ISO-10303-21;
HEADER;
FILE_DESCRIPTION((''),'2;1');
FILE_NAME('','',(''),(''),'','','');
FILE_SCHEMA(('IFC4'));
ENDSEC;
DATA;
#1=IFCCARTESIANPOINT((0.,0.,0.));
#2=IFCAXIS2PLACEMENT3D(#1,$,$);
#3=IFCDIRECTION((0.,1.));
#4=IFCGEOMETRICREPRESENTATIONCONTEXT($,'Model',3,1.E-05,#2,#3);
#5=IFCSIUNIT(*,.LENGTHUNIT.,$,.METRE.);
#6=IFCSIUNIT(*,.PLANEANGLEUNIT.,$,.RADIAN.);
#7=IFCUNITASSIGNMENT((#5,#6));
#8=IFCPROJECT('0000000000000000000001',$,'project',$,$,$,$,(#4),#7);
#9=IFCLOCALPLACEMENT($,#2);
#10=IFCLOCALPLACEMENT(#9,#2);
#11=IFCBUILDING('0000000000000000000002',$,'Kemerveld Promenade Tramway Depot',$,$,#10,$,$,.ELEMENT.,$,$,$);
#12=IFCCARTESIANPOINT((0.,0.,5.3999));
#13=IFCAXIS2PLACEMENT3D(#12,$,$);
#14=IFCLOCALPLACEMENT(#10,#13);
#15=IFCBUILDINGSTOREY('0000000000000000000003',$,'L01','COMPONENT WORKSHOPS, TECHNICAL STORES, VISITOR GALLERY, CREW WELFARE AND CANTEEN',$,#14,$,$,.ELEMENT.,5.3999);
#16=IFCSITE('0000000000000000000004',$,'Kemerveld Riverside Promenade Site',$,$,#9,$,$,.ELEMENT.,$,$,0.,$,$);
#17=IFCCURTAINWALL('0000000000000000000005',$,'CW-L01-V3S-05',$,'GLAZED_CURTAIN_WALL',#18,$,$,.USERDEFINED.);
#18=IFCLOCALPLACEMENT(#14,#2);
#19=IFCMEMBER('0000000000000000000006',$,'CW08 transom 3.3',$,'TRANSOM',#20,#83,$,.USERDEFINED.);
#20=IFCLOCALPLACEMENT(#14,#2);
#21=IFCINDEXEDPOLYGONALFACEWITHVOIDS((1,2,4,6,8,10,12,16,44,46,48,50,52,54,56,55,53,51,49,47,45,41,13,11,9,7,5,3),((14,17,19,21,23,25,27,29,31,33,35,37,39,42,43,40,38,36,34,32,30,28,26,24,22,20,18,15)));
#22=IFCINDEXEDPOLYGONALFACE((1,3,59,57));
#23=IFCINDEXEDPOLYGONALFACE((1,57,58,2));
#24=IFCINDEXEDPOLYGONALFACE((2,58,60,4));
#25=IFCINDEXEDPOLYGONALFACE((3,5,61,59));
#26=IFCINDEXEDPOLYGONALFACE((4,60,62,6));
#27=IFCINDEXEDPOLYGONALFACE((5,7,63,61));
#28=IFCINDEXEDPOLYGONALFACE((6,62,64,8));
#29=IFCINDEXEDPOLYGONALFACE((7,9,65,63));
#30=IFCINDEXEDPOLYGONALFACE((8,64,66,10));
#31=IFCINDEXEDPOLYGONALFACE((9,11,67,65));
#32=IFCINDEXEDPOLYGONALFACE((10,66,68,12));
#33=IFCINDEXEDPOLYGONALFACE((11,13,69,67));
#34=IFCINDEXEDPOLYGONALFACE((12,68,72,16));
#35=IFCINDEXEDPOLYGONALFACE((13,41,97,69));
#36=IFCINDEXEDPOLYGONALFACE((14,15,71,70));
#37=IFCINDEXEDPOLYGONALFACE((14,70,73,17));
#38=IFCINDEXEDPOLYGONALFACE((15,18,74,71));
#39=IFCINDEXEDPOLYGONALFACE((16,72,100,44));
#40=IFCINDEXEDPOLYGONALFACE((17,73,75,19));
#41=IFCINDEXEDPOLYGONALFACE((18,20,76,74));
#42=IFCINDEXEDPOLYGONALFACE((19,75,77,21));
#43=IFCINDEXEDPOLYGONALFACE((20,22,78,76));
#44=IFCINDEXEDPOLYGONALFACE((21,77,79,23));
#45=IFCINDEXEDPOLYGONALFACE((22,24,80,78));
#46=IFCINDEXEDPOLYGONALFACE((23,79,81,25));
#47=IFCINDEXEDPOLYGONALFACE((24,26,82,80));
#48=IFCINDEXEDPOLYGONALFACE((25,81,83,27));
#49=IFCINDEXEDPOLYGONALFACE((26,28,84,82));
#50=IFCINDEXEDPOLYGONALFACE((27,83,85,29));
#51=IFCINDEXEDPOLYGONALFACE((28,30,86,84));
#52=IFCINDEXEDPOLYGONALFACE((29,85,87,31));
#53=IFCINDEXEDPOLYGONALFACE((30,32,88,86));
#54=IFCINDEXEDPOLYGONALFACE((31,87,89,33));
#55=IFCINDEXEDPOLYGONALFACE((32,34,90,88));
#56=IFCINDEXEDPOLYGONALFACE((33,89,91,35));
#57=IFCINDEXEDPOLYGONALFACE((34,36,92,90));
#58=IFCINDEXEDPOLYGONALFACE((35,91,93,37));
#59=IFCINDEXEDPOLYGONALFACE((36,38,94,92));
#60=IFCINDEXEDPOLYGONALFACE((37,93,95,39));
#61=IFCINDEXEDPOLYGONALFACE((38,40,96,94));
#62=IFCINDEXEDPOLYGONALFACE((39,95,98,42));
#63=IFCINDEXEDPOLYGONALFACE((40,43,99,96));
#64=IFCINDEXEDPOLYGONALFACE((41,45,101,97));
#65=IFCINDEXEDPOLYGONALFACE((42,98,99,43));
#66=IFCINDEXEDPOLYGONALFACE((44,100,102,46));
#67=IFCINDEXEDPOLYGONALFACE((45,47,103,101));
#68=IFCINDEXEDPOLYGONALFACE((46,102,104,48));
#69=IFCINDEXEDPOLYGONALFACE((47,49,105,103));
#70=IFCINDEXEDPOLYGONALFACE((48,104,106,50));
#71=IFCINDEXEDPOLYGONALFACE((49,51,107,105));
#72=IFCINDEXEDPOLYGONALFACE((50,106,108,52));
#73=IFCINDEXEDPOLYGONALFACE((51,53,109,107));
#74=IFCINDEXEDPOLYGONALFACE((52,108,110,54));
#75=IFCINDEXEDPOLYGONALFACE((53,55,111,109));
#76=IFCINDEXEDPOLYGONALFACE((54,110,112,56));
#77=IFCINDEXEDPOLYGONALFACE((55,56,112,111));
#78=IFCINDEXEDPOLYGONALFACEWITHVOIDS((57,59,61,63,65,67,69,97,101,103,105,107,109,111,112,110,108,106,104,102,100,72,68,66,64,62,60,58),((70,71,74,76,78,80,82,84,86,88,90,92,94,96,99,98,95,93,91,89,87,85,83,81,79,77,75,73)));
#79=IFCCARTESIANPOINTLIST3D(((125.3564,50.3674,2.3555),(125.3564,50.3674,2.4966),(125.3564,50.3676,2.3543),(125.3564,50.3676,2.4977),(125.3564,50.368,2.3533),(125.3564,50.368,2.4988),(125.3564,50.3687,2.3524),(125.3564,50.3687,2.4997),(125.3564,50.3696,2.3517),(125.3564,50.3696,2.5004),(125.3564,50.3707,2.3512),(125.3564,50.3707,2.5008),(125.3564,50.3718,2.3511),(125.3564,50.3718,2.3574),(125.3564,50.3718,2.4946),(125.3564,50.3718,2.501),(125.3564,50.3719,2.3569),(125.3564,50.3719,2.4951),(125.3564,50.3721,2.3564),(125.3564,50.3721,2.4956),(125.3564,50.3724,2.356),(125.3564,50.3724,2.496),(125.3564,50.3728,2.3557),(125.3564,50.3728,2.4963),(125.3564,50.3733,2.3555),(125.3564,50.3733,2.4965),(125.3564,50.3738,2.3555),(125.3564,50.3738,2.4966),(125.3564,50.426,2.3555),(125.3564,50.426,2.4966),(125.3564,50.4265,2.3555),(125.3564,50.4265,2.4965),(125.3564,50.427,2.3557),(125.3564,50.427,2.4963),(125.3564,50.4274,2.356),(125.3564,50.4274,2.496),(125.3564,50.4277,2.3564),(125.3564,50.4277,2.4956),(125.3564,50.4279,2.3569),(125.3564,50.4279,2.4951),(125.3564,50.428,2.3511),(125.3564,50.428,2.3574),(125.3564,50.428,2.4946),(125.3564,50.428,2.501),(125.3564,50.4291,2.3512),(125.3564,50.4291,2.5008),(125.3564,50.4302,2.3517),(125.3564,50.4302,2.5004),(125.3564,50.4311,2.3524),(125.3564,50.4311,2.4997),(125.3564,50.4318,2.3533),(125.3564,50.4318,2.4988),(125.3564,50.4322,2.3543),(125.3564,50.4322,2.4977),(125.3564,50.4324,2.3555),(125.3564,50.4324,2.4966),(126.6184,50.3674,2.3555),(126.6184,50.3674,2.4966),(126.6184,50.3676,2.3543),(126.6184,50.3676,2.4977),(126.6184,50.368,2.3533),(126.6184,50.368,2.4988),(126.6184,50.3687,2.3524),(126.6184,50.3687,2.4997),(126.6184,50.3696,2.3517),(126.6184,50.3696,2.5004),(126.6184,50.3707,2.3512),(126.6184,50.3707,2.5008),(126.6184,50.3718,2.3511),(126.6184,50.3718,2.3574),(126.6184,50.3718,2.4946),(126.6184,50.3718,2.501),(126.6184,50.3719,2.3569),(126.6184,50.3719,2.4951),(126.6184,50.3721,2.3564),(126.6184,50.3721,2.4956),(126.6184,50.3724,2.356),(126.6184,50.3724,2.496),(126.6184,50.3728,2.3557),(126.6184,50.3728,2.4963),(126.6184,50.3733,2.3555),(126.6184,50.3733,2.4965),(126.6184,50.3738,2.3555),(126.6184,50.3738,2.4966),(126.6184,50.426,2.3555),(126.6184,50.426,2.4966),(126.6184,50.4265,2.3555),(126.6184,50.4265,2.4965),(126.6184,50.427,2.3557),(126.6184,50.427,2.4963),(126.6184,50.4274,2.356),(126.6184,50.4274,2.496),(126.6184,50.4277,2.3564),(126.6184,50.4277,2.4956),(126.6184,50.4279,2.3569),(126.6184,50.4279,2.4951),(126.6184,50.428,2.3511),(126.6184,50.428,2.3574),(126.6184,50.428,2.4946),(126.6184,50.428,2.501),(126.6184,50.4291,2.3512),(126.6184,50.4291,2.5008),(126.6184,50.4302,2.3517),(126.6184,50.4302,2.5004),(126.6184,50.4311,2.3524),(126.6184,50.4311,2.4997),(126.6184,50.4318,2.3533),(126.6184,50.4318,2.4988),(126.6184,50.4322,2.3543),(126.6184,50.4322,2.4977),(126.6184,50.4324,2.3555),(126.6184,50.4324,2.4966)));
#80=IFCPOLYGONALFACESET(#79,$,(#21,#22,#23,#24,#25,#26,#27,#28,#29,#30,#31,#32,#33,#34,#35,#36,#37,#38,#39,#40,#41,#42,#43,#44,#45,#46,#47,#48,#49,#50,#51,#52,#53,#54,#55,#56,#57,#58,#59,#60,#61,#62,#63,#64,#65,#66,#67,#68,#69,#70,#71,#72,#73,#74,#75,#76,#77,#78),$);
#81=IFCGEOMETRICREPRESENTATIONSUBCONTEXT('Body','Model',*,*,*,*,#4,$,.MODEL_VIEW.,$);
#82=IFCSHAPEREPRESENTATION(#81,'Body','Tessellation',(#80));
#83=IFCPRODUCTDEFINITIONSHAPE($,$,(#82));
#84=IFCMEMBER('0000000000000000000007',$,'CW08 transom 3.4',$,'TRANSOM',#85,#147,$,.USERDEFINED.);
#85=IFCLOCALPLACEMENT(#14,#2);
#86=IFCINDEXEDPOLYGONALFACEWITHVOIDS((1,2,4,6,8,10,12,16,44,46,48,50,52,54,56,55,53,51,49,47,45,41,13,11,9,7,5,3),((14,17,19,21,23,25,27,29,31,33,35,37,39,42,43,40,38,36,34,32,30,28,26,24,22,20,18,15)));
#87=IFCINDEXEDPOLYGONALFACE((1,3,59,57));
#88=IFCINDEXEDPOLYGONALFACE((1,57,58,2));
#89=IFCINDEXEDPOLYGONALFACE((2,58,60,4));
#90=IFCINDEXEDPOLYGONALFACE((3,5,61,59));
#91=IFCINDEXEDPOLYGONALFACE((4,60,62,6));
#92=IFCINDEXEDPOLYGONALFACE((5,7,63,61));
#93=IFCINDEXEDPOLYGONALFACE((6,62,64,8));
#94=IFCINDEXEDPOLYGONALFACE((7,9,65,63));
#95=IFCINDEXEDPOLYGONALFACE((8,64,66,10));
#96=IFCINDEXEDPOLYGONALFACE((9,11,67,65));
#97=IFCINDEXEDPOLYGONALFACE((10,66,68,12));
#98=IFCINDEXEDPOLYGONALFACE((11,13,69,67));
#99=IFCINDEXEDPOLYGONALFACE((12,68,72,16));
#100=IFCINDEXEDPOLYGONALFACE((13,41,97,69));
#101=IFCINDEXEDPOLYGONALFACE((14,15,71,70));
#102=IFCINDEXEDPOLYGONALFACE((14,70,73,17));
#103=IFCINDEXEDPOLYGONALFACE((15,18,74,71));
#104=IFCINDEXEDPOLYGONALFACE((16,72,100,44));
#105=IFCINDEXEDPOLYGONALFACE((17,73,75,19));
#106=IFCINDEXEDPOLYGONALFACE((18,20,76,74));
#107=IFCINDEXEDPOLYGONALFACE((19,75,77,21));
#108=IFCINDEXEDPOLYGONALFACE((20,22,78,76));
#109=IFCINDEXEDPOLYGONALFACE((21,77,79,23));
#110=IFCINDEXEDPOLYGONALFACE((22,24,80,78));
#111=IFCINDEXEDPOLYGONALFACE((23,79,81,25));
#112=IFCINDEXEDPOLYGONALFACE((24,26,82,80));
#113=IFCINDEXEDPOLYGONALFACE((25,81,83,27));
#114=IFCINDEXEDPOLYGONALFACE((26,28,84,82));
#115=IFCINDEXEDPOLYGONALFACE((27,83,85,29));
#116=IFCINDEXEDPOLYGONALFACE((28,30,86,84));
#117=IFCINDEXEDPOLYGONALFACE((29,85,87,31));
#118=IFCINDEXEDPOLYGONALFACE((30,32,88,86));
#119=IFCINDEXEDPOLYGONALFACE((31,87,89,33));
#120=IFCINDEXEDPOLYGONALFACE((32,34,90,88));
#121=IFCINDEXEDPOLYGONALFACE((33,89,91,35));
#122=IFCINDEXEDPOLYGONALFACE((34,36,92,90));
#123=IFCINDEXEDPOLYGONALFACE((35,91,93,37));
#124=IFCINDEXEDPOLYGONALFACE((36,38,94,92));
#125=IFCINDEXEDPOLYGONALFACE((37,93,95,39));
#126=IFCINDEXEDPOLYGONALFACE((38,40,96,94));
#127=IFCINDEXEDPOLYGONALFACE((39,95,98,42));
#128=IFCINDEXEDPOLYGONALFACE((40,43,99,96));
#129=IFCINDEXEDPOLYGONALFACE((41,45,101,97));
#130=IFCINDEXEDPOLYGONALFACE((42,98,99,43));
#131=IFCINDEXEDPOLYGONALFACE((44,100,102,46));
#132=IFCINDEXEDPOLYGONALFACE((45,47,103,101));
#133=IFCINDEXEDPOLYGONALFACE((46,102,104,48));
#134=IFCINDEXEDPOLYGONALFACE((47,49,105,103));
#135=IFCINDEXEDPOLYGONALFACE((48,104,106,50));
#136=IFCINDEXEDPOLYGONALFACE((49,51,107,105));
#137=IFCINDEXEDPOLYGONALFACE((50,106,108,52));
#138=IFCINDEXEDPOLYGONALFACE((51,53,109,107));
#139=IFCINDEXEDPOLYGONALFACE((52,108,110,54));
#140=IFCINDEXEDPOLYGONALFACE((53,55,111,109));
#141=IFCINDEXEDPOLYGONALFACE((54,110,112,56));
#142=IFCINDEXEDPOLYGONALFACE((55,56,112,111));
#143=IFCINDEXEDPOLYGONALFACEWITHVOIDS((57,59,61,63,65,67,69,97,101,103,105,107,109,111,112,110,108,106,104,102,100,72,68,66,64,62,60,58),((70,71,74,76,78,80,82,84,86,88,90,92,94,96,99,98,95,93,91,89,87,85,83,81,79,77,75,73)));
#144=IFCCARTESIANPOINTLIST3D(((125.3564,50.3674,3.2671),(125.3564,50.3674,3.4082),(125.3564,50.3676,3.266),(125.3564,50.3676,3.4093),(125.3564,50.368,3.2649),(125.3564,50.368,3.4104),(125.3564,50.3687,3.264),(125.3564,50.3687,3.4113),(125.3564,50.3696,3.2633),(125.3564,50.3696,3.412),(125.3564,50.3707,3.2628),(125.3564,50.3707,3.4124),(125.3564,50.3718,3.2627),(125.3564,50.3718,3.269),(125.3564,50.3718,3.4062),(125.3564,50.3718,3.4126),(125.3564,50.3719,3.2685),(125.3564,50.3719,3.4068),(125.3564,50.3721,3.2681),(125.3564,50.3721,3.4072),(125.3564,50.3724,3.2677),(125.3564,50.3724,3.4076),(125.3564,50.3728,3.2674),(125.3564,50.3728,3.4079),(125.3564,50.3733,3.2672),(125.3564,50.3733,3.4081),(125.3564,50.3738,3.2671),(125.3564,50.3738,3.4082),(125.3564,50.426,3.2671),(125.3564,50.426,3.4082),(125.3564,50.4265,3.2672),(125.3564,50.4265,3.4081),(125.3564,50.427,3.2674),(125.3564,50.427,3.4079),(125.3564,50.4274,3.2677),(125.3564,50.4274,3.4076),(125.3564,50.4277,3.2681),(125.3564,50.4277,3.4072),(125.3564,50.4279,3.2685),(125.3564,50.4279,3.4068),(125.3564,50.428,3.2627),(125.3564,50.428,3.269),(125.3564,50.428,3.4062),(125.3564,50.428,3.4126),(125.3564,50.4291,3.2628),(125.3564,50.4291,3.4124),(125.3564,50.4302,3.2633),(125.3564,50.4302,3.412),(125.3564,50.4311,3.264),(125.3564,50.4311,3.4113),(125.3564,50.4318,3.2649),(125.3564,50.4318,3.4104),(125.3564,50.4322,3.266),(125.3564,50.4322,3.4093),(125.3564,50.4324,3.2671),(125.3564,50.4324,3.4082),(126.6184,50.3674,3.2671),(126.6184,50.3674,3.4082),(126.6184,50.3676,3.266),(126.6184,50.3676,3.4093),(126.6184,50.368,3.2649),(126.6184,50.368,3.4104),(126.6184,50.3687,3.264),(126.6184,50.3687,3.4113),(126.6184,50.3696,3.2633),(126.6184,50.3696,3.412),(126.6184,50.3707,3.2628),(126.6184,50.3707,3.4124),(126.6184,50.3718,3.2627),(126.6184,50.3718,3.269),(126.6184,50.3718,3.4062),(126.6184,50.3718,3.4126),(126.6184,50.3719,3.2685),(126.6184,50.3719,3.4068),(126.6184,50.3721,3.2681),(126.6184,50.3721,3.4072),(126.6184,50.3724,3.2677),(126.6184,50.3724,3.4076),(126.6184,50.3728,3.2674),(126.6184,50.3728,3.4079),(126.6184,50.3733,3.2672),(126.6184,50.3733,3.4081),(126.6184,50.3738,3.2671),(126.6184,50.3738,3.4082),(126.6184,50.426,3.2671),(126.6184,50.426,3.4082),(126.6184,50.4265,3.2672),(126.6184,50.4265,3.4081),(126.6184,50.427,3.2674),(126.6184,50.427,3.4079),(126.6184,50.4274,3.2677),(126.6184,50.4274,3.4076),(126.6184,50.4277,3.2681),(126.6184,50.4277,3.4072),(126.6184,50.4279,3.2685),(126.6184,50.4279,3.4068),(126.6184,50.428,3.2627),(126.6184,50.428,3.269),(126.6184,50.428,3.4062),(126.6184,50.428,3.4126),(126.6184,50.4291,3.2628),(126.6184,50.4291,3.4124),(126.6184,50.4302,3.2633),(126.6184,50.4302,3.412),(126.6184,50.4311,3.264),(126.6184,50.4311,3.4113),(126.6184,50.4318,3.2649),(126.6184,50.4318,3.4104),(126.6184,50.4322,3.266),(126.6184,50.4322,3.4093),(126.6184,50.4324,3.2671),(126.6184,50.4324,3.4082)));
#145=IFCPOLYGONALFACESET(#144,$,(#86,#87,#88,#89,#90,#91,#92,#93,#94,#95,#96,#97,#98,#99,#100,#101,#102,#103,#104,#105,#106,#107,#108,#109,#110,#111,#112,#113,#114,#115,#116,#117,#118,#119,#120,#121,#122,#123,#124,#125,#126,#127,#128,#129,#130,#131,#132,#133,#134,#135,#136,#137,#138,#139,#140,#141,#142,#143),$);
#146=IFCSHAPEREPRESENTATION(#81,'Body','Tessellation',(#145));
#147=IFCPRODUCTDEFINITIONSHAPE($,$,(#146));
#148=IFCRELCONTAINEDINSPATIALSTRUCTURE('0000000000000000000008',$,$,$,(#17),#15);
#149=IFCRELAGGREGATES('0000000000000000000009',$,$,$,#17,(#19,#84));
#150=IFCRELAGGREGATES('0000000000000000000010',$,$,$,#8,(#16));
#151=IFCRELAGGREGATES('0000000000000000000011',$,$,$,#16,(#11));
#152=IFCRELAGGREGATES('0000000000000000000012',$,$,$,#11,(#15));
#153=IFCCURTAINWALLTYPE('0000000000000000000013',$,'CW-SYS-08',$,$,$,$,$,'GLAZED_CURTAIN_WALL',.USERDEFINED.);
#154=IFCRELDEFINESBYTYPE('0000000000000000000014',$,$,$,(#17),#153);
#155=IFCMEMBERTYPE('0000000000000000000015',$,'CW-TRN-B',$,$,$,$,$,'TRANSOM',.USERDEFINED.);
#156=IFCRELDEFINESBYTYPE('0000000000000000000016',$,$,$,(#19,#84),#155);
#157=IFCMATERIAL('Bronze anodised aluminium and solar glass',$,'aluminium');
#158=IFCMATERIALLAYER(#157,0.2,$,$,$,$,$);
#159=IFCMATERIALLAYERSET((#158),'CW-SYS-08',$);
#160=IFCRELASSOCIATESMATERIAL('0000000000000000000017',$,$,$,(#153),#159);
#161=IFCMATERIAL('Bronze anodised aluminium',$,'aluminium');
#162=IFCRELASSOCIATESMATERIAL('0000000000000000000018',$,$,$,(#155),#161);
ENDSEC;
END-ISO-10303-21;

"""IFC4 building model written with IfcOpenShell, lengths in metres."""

from ifc_helpers import new_model, si_unit, direction, frame, origin, origin_2d, place, context, subcontext, project, spatial, hollow_rectangle, extrude, material, layer, layer_set, material_profile, profile_set, type_object, element, aggregate, save


model = new_model("IFC4")

# Units and contexts
model_context = context("Model", 3, precision=1e-05, world=origin(), true_north=direction((0.0, 1.0)))
body_context = subcontext(model_context, "Body", "Model", "MODEL_VIEW")
ifc_project = project(units=[si_unit("LENGTHUNIT", "METRE"), si_unit("PLANEANGLEUNIT", "RADIAN")], contexts=[model_context])

# Site, building, storey
site_placement = place(None, origin())
site = spatial("IfcSite", under=ifc_project, at=site_placement, Name="Kemerveld Riverside Promenade Site", CompositionType="ELEMENT", RefElevation=0.0)
building_placement = place(site_placement, origin())
building = spatial("IfcBuilding", under=site, at=building_placement, Name="Kemerveld Promenade Tramway Depot", CompositionType="ELEMENT")
storey_placement = place(building_placement, frame((0.0, 0.0, 5.3999)))
storey = spatial("IfcBuildingStorey", under=building, at=storey_placement, Name="L01", Description="COMPONENT WORKSHOPS, TECHNICAL STORES, VISITOR GALLERY, CREW WELFARE AND CANTEEN", CompositionType="ELEMENT", Elevation=5.3999)

# Curtain wall, members
ifc_material_1 = material(Name="Bronze anodised aluminium and solar glass", Category="aluminium")
ifc_layer_1 = layer(ifc_material_1, 0.2)
ifc_layer_set_1 = layer_set([ifc_layer_1], Name="CW-SYS-08")
curtain_wall_type = type_object("IfcCurtainWallType", Name="CW-SYS-08", ElementType="GLAZED_CURTAIN_WALL", PredefinedType="USERDEFINED", material=ifc_layer_set_1)
curtain_wall_placement = place(storey_placement, origin())
curtain_wall = element("IfcCurtainWall", 1, at=curtain_wall_placement, inside=storey, type_object=curtain_wall_type, Name="CW-L01-V3S-05", ObjectType="GLAZED_CURTAIN_WALL", PredefinedType="USERDEFINED")
ifc_material_2 = material(Name="Bronze anodised aluminium", Category="aluminium")
ifc_material_profile_1 = material_profile(ifc_material_2, hollow_rectangle(XDim=0.0649, YDim=0.1499, WallThickness=0.0044, InnerFilletRadius=0.002, OuterFilletRadius=0.0044, at=origin_2d()), Name="CW-TRN-150x65")
ifc_profile_set_1 = profile_set([ifc_material_profile_1], Name="Bronze anodised aluminium")
member_type_1 = type_object("IfcMemberType", Name="CW-TRN-B", ElementType="TRANSOM", PredefinedType="USERDEFINED", material=ifc_profile_set_1)
member_1_placement = place(storey_placement, frame((126.6184, 50.3999, 2.426), z_axis=(-1.0, 0.0, 0.0), x_axis=(0.0, -1.0, 0.0)))
member_1 = element("IfcMember", 2, at=member_1_placement, type_object=member_type_1, Name="CW08 transom 3.3", ObjectType="TRANSOM", PredefinedType="USERDEFINED", context=body_context, shape_type="SweptSolid", body=[
    extrude(hollow_rectangle(XDim=0.0649, YDim=0.1499, WallThickness=0.0044, InnerFilletRadius=0.002, OuterFilletRadius=0.0044, at=origin_2d()), origin(), (0.0, 0.0, 1.0), 1.262),
])
member_2_placement = place(storey_placement, frame((126.6184, 50.3999, 3.3376), z_axis=(-1.0, 0.0, 0.0), x_axis=(0.0, -1.0, 0.0)))
member_2 = element("IfcMember", 3, at=member_2_placement, type_object=member_type_1, Name="CW08 transom 3.4", ObjectType="TRANSOM", PredefinedType="USERDEFINED", context=body_context, shape_type="SweptSolid", body=[
    extrude(hollow_rectangle(XDim=0.0649, YDim=0.1499, WallThickness=0.0044, InnerFilletRadius=0.002, OuterFilletRadius=0.0044, at=origin_2d()), origin(), (0.0, 0.0, 1.0), 1.262),
])
aggregate(curtain_wall, [member_1, member_2])

save(model, "model.ifc")
